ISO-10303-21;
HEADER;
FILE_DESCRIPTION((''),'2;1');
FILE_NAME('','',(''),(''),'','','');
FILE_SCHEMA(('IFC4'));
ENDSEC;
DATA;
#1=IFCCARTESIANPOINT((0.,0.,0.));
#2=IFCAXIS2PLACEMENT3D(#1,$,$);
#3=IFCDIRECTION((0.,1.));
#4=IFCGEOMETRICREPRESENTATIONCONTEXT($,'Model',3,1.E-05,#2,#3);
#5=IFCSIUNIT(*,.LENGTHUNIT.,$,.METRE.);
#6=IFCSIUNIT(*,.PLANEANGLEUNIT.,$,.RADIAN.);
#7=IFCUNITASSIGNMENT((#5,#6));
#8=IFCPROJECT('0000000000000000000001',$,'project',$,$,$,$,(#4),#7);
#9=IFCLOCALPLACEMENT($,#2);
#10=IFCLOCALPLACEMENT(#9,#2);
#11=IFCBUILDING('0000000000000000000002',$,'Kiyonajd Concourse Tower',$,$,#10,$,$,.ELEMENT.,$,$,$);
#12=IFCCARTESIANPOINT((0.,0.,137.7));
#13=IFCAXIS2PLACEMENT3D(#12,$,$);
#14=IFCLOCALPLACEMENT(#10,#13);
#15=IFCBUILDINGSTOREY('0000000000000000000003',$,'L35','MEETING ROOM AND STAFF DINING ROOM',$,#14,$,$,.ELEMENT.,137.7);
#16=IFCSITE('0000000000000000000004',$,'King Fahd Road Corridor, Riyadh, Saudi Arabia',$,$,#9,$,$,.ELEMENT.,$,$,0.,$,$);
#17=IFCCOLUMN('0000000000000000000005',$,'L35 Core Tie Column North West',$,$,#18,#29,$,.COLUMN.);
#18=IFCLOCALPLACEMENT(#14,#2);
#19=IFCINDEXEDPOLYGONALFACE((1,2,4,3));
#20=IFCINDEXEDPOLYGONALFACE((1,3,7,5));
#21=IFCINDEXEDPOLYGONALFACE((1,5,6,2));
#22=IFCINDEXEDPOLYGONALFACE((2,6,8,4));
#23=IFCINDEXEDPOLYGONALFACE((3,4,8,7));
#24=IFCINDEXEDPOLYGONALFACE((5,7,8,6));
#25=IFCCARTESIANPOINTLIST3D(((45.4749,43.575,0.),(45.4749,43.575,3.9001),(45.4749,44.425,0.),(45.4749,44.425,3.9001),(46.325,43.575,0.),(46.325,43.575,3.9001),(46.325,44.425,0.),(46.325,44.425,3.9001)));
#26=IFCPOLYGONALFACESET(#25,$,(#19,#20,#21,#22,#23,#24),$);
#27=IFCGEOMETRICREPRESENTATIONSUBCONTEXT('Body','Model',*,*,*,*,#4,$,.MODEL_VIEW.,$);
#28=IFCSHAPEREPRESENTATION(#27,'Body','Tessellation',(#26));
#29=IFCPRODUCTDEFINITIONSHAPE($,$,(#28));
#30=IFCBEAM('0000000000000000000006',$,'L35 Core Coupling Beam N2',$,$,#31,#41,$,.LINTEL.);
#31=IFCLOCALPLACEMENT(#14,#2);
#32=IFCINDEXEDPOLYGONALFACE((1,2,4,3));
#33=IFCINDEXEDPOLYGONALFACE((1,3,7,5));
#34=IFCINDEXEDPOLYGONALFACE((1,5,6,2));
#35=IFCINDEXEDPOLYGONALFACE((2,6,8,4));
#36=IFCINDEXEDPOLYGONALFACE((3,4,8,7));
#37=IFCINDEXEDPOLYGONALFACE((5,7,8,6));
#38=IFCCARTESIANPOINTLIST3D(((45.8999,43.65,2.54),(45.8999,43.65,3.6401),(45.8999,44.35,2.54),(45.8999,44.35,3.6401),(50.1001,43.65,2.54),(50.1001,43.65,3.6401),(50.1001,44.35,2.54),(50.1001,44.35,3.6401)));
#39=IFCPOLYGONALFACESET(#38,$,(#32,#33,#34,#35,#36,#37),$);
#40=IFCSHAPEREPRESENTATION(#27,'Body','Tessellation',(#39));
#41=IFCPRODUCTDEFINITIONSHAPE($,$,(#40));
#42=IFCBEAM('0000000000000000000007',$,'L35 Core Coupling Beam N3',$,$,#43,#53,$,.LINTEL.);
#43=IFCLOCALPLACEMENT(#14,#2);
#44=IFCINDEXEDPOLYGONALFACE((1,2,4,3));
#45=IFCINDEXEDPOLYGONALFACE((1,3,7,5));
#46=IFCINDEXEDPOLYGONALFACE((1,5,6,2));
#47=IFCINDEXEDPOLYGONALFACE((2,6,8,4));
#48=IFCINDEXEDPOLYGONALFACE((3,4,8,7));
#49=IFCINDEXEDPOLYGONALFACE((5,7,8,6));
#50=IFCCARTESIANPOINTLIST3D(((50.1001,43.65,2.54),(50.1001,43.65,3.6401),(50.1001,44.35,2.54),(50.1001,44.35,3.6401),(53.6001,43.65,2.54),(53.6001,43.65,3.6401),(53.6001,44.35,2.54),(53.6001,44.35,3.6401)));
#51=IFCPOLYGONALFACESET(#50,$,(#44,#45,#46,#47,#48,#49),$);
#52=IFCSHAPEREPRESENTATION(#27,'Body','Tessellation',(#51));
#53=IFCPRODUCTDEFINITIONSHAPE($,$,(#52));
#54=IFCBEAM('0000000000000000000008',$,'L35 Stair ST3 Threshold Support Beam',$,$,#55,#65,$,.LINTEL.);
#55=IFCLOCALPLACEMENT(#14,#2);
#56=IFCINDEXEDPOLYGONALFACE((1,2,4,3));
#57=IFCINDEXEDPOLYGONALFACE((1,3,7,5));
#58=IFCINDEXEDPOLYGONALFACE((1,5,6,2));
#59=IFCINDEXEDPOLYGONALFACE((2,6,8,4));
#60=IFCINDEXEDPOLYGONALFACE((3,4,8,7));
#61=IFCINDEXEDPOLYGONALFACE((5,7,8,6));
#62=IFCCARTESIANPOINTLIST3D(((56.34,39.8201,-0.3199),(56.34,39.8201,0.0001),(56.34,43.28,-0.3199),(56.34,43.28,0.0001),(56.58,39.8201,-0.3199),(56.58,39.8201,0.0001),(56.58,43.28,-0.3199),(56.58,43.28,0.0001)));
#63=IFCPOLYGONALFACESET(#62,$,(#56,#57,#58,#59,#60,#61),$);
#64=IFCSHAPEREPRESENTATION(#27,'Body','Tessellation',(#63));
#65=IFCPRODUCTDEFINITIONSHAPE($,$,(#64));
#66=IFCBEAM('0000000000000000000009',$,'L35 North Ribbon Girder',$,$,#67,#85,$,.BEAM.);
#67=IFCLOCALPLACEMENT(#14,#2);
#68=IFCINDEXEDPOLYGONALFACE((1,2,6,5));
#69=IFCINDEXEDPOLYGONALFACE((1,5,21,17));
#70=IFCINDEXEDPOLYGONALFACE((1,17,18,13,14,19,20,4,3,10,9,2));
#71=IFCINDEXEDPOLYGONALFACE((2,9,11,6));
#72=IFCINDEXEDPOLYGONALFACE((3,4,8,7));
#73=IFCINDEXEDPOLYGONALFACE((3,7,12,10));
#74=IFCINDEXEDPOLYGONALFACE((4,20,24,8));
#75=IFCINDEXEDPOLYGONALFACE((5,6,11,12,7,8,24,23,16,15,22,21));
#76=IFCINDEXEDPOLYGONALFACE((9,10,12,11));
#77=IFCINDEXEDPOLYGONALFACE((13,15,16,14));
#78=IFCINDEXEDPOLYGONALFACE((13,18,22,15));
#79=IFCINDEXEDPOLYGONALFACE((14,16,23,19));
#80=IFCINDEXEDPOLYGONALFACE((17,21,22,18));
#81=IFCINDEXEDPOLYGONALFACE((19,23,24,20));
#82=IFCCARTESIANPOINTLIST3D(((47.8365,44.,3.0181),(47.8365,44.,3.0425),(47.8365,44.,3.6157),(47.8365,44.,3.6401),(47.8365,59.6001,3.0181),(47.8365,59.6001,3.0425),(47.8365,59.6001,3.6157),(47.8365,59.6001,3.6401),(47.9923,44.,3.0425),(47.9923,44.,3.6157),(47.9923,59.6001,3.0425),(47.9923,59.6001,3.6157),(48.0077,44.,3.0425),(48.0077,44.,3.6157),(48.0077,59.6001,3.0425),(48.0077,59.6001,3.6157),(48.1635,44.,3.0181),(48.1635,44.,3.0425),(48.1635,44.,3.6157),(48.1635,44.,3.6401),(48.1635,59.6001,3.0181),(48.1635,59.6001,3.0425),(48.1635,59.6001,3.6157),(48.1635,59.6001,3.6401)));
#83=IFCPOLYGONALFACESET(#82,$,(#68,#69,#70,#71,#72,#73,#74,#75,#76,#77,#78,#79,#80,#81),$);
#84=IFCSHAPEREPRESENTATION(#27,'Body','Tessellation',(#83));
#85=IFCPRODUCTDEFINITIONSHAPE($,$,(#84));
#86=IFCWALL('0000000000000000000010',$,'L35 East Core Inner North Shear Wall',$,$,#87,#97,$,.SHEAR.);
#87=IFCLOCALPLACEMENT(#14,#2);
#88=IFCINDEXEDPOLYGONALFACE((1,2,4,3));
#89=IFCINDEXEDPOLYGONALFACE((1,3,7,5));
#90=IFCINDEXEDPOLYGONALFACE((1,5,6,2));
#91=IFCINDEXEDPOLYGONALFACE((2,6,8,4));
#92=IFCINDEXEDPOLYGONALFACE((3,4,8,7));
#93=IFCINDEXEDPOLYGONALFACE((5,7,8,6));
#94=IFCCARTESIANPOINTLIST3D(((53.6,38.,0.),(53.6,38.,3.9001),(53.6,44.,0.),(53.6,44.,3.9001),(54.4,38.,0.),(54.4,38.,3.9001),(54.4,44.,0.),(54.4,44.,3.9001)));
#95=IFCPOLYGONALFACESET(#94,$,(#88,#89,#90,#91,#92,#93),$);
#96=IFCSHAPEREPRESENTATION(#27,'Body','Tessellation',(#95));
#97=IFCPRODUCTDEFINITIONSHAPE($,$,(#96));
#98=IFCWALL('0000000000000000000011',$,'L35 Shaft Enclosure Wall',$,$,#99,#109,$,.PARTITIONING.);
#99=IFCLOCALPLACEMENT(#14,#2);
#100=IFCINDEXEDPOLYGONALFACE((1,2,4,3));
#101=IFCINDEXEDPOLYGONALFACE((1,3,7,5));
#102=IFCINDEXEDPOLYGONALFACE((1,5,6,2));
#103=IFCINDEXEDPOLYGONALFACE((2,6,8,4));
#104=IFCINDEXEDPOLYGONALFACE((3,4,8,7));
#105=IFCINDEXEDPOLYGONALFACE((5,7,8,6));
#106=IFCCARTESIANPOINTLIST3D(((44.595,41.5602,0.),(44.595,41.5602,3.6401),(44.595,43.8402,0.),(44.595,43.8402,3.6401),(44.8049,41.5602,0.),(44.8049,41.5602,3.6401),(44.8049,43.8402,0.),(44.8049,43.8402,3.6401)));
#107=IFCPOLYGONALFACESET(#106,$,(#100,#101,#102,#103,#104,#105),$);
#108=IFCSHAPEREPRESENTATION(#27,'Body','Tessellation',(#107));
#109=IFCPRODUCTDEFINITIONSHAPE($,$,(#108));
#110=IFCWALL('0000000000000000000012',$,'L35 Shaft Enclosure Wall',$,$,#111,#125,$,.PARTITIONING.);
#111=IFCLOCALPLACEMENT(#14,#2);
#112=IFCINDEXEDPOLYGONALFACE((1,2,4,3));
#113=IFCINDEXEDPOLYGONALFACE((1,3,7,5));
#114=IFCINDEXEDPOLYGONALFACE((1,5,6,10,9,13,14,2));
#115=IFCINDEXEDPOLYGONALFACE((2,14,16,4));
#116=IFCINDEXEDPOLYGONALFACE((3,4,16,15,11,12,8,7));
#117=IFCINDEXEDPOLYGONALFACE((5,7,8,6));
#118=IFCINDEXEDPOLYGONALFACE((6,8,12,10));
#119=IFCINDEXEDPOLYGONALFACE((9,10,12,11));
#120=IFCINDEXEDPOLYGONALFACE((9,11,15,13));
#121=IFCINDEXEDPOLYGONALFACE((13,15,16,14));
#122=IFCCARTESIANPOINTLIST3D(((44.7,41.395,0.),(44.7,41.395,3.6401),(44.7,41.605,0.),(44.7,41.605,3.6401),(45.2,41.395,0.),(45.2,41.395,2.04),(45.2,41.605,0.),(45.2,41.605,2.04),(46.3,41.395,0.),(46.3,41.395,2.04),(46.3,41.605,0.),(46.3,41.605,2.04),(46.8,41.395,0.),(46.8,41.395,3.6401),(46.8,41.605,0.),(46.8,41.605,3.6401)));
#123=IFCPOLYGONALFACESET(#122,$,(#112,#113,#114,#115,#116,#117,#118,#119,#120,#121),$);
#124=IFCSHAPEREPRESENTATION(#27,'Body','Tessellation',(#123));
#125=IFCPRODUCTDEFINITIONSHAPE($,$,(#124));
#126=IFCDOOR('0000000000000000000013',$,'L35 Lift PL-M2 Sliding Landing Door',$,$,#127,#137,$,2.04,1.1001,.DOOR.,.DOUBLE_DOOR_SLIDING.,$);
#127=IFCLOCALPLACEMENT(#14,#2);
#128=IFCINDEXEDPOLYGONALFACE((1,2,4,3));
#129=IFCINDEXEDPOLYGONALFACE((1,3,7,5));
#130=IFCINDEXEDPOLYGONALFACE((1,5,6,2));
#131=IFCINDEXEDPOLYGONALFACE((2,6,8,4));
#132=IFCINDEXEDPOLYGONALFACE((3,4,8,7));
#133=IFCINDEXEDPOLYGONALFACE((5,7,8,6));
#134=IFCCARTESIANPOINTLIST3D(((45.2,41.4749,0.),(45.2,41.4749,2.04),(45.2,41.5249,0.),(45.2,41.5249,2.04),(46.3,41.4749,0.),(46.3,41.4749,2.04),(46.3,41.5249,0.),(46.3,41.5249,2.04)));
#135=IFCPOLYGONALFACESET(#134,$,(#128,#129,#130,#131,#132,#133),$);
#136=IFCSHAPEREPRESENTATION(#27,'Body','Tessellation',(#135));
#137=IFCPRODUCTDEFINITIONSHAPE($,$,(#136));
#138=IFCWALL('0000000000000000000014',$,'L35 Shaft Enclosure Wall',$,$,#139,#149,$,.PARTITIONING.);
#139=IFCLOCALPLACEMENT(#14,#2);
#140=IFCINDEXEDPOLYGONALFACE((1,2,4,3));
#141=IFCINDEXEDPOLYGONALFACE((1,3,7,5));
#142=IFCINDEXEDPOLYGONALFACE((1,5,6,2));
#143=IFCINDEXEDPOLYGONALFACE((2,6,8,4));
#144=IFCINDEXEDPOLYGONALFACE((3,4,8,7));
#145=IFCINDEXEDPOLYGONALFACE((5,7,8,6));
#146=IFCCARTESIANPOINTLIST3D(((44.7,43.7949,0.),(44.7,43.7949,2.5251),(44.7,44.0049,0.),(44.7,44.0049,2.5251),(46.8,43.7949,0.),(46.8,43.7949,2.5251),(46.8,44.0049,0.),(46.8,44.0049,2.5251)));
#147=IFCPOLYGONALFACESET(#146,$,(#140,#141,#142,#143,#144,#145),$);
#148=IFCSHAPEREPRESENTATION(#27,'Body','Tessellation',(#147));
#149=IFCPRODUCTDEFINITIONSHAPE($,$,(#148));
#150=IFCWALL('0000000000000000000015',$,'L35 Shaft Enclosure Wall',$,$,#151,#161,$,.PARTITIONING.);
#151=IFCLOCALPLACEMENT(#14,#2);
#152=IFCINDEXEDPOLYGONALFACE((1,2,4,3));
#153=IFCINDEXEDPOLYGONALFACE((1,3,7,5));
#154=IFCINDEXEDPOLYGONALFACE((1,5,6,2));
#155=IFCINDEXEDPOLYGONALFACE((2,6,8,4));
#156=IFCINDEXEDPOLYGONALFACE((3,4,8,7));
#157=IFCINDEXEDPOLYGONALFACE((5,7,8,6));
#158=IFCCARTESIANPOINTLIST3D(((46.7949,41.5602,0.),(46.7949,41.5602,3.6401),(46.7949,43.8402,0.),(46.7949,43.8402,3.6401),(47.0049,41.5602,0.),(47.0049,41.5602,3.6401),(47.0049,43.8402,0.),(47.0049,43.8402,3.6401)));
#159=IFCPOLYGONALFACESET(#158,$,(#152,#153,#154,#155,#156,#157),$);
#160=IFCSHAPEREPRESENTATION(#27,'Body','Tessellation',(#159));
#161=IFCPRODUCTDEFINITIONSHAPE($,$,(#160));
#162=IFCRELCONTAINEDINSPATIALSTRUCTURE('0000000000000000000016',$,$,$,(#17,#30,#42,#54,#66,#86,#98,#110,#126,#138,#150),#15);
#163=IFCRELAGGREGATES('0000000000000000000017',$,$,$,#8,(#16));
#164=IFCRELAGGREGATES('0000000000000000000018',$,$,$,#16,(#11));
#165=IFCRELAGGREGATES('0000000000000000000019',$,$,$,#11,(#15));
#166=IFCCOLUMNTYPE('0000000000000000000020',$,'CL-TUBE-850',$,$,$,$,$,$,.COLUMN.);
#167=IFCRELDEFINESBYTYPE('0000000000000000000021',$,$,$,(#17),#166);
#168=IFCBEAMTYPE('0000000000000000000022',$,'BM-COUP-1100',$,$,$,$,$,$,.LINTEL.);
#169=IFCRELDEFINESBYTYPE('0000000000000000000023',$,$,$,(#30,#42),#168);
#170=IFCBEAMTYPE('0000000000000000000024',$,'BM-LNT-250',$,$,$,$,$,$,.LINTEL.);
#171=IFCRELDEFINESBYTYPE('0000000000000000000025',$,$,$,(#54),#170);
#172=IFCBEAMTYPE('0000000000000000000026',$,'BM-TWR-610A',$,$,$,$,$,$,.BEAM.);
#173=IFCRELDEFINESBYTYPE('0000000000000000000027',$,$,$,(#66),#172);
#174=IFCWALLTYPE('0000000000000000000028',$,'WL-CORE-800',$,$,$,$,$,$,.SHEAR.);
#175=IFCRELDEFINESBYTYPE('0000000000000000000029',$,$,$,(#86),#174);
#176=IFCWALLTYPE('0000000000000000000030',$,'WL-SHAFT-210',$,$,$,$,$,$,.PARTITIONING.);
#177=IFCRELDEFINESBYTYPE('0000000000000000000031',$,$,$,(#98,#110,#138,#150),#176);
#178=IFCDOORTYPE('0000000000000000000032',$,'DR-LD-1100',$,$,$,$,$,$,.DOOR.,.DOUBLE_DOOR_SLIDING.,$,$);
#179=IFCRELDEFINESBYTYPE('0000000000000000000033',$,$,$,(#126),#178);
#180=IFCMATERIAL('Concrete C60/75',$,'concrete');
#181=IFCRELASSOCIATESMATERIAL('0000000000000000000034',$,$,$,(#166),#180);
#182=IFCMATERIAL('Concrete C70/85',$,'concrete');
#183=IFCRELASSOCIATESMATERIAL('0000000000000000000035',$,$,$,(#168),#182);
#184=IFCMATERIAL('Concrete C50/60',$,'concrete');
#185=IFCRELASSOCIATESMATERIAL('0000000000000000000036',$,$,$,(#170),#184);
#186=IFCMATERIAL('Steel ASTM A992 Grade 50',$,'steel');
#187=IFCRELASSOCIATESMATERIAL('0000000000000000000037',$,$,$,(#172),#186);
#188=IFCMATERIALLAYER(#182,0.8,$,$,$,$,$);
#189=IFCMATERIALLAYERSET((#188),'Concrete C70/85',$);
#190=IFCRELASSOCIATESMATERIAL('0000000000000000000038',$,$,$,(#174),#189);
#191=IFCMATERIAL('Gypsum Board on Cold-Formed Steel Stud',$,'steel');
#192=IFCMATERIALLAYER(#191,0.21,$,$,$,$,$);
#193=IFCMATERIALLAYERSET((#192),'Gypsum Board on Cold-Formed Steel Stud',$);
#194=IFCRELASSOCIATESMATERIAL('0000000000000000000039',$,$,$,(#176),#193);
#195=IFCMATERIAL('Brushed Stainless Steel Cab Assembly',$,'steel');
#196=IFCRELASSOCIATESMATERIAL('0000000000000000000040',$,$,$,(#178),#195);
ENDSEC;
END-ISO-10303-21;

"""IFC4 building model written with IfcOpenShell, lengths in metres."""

from ifc_helpers import new_model, si_unit, direction, frame, frame_2d, origin, origin_2d, place, context, subcontext, project, spatial, rectangle, i_section, extrude, material, layer, layer_set, material_profile, profile_set, type_object, element, fill, save


model = new_model("IFC4")

# Units and contexts
model_context = context("Model", 3, precision=1e-05, world=origin(), true_north=direction((0.0, 1.0)))
body_context = subcontext(model_context, "Body", "Model", "MODEL_VIEW")
ifc_project = project(units=[si_unit("LENGTHUNIT", "METRE"), si_unit("PLANEANGLEUNIT", "RADIAN")], contexts=[model_context])

# Site, building, storey
site_placement = place(None, origin())
site = spatial("IfcSite", under=ifc_project, at=site_placement, Name="King Fahd Road Corridor, Riyadh, Saudi Arabia", CompositionType="ELEMENT", RefElevation=0.0)
building_placement = place(site_placement, origin())
building = spatial("IfcBuilding", under=site, at=building_placement, Name="Kiyonajd Concourse Tower", CompositionType="ELEMENT")
storey_placement = place(building_placement, frame((0.0, 0.0, 137.7)))
storey = spatial("IfcBuildingStorey", under=building, at=storey_placement, Name="L35", Description="MEETING ROOM AND STAFF DINING ROOM", CompositionType="ELEMENT", Elevation=137.7)

# Column
ifc_material_1 = material(Name="Concrete C60/75", Category="concrete")
ifc_material_profile_1 = material_profile(ifc_material_1, rectangle(XDim=0.8501, YDim=0.8501, at=origin_2d()), Name="RC-850x850")
ifc_profile_set_1 = profile_set([ifc_material_profile_1], Name="Concrete C60/75")
column_type = type_object("IfcColumnType", Name="CL-TUBE-850", PredefinedType="COLUMN", material=ifc_profile_set_1)
column_placement = place(storey_placement, frame((45.8999, 44.0, 0.0), z_axis=(0.0, 0.0, 1.0), x_axis=(1.0, 0.0, 0.0)))
element("IfcColumn", 1, at=column_placement, inside=storey, type_object=column_type, Name="L35 Core Tie Column North West", PredefinedType="COLUMN", context=body_context, shape_type="SweptSolid", body=[
    extrude(rectangle(XDim=0.8501, YDim=0.8501, at=origin_2d()), origin(), (0.0, 0.0, 1.0), 3.9001),
])

# Beams
ifc_material_2 = material(Name="Concrete C70/85", Category="concrete")
ifc_material_profile_2 = material_profile(ifc_material_2, rectangle(XDim=0.7, YDim=1.1001, at=origin_2d()), Name="RCBM-700x1100")
ifc_profile_set_2 = profile_set([ifc_material_profile_2], Name="Concrete C70/85")
beam_type_1 = type_object("IfcBeamType", Name="BM-COUP-1100", PredefinedType="LINTEL", material=ifc_profile_set_2)
beam_1_placement = place(storey_placement, frame((45.8999, 44.0, 3.0901), z_axis=(1.0, 0.0, 0.0), x_axis=(0.0, 1.0, 0.0)))
element("IfcBeam", 2, at=beam_1_placement, inside=storey, type_object=beam_type_1, Name="L35 Core Coupling Beam N2", PredefinedType="LINTEL", context=body_context, shape_type="SweptSolid", body=[
    extrude(rectangle(XDim=0.7, YDim=1.1001, at=origin_2d()), origin(), (0.0, 0.0, 1.0), 4.2002),
])
beam_2_placement = place(storey_placement, frame((50.1001, 44.0, 3.0901), z_axis=(1.0, 0.0, 0.0), x_axis=(0.0, 1.0, 0.0)))
element("IfcBeam", 3, at=beam_2_placement, inside=storey, type_object=beam_type_1, Name="L35 Core Coupling Beam N3", PredefinedType="LINTEL", context=body_context, shape_type="SweptSolid", body=[
    extrude(rectangle(XDim=0.7, YDim=1.1001, at=origin_2d()), origin(), (0.0, 0.0, 1.0), 3.5),
])
ifc_material_3 = material(Name="Concrete C50/60", Category="concrete")
ifc_material_profile_3 = material_profile(ifc_material_3, rectangle(XDim=0.24, YDim=0.3201, at=origin_2d()), Name="RCBM-240x320")
ifc_profile_set_3 = profile_set([ifc_material_profile_3], Name="Concrete C50/60")
beam_type_2 = type_object("IfcBeamType", Name="BM-LNT-250", PredefinedType="LINTEL", material=ifc_profile_set_3)
beam_3_placement = place(storey_placement, frame((56.46, 39.8201, -0.1599), z_axis=(0.0, 1.0, 0.0), x_axis=(-1.0, 0.0, 0.0)))
element("IfcBeam", 4, at=beam_3_placement, inside=storey, type_object=beam_type_2, Name="L35 Stair ST3 Threshold Support Beam", PredefinedType="LINTEL", context=body_context, shape_type="SweptSolid", body=[
    extrude(rectangle(XDim=0.24, YDim=0.3201, at=origin_2d()), origin(), (0.0, 0.0, 1.0), 3.46),
])
ifc_material_4 = material(Name="Steel ASTM A992 Grade 50", Category="steel")
ifc_material_profile_4 = material_profile(ifc_material_4, i_section(OverallWidth=0.3269, OverallDepth=0.6221, WebThickness=0.0154, FlangeThickness=0.0244, at=origin_2d()), Name="W610X195")
ifc_profile_set_4 = profile_set([ifc_material_profile_4], Name="Steel ASTM A992 Grade 50")
beam_type_3 = type_object("IfcBeamType", Name="BM-TWR-610A", PredefinedType="BEAM", material=ifc_profile_set_4)
beam_4_placement = place(storey_placement, frame((48.0, 44.0, 3.3291), z_axis=(0.0, 1.0, 0.0), x_axis=(-1.0, 0.0, 0.0)))
element("IfcBeam", 5, at=beam_4_placement, inside=storey, type_object=beam_type_3, Name="L35 North Ribbon Girder", PredefinedType="BEAM", context=body_context, shape_type="SweptSolid", body=[
    extrude(i_section(OverallWidth=0.3269, OverallDepth=0.6221, WebThickness=0.0154, FlangeThickness=0.0244, at=origin_2d()), origin(), (0.0, 0.0, 1.0), 15.6001),
])

# Walls
ifc_layer_1 = layer(ifc_material_2, 0.8)
ifc_layer_set_1 = layer_set([ifc_layer_1], Name="Concrete C70/85")
wall_type_1 = type_object("IfcWallType", Name="WL-CORE-800", PredefinedType="SHEAR", material=ifc_layer_set_1)
wall_1_placement = place(storey_placement, frame((54.0, 38.0, 0.0), z_axis=(0.0, 0.0, 1.0), x_axis=(0.0, 1.0, 0.0)))
element("IfcWall", 6, at=wall_1_placement, inside=storey, type_object=wall_type_1, Name="L35 East Core Inner North Shear Wall", PredefinedType="SHEAR", context=body_context, shape_type="SweptSolid", body=[
    extrude(rectangle(XDim=6.0, YDim=0.8, at=frame_2d((3.0, 0.0))), origin(), (0.0, 0.0, 1.0), 3.9001),
])
ifc_material_5 = material(Name="Gypsum Board on Cold-Formed Steel Stud", Category="steel")
ifc_layer_2 = layer(ifc_material_5, 0.21)
ifc_layer_set_2 = layer_set([ifc_layer_2], Name="Gypsum Board on Cold-Formed Steel Stud")
wall_type_2 = type_object("IfcWallType", Name="WL-SHAFT-210", PredefinedType="PARTITIONING", material=ifc_layer_set_2)
wall_2_placement = place(storey_placement, frame((44.7, 41.5601, 0.0), z_axis=(0.0, 0.0, 1.0), x_axis=(0.0, 1.0, 0.0)))
element("IfcWall", 7, at=wall_2_placement, inside=storey, type_object=wall_type_2, Name="L35 Shaft Enclosure Wall", PredefinedType="PARTITIONING", context=body_context, shape_type="SweptSolid", body=[
    extrude(rectangle(XDim=2.28, YDim=0.21, at=frame_2d((1.1401, 0.0))), origin(), (0.0, 0.0, 1.0), 3.6401),
])

# Wall, opening, door
wall_3_placement = place(storey_placement, frame((44.7, 41.5, 0.0), z_axis=(0.0, 0.0, 1.0), x_axis=(1.0, 0.0, 0.0)))
wall_3 = element("IfcWall", 8, at=wall_3_placement, inside=storey, type_object=wall_type_2, Name="L35 Shaft Enclosure Wall", PredefinedType="PARTITIONING", context=body_context, shape_type="SweptSolid", body=[
    extrude(rectangle(XDim=2.1001, YDim=0.21, at=frame_2d((1.05, 0.0))), origin(), (0.0, 0.0, 1.0), 3.6401),
])
opening_1_placement = place(wall_3_placement, frame((0.5, 0.0, 0.0)))
opening_1 = element("IfcOpeningElement", 9, at=opening_1_placement, cuts=wall_3, PredefinedType="OPENING", context=body_context, shape_type="SweptSolid", body=[
    extrude(rectangle(XDim=1.1001, YDim=2.04, at=frame_2d((0.55, 1.02))), frame((0.0, 0.115, 0.0), z_axis=(0.0, -1.0, 0.0), x_axis=(1.0, 0.0, 0.0)), (0.0, 0.0, 1.0), 0.23),
])
ifc_material_6 = material(Name="Brushed Stainless Steel Cab Assembly", Category="steel")
door_type_1 = type_object("IfcDoorType", Name="DR-LD-1100", OperationType="DOUBLE_DOOR_SLIDING", PredefinedType="DOOR", material=ifc_material_6)
door_1_placement = place(opening_1_placement, origin())
door_1 = element("IfcDoor", 10, at=door_1_placement, inside=storey, type_object=door_type_1, Name="L35 Lift PL-M2 Sliding Landing Door", OperationType="DOUBLE_DOOR_SLIDING", OverallHeight=2.04, OverallWidth=1.1001, PredefinedType="DOOR", context=body_context, shape_type="SweptSolid", body=[
    extrude(rectangle(XDim=1.1001, YDim=2.04, at=frame_2d((0.55, 1.02))), frame((0.0, 0.0249, 0.0), z_axis=(0.0, -1.0, 0.0), x_axis=(1.0, 0.0, 0.0)), (0.0, 0.0, 1.0), 0.05),
])
fill(opening_1, door_1)

# Walls
wall_4_placement = place(storey_placement, frame((44.7, 43.8999, 0.0), z_axis=(0.0, 0.0, 1.0), x_axis=(1.0, 0.0, 0.0)))
element("IfcWall", 11, at=wall_4_placement, inside=storey, type_object=wall_type_2, Name="L35 Shaft Enclosure Wall", PredefinedType="PARTITIONING", context=body_context, shape_type="SweptSolid", body=[
    extrude(rectangle(XDim=2.1001, YDim=0.21, at=frame_2d((1.05, 0.0))), origin(), (0.0, 0.0, 1.0), 2.5251),
])
wall_5_placement = place(storey_placement, frame((46.8999, 41.5601, 0.0), z_axis=(0.0, 0.0, 1.0), x_axis=(0.0, 1.0, 0.0)))
element("IfcWall", 12, at=wall_5_placement, inside=storey, type_object=wall_type_2, Name="L35 Shaft Enclosure Wall", PredefinedType="PARTITIONING", context=body_context, shape_type="SweptSolid", body=[
    extrude(rectangle(XDim=2.28, YDim=0.21, at=frame_2d((1.1401, 0.0))), origin(), (0.0, 0.0, 1.0), 3.6401),
])

save(model, "model.ifc")
